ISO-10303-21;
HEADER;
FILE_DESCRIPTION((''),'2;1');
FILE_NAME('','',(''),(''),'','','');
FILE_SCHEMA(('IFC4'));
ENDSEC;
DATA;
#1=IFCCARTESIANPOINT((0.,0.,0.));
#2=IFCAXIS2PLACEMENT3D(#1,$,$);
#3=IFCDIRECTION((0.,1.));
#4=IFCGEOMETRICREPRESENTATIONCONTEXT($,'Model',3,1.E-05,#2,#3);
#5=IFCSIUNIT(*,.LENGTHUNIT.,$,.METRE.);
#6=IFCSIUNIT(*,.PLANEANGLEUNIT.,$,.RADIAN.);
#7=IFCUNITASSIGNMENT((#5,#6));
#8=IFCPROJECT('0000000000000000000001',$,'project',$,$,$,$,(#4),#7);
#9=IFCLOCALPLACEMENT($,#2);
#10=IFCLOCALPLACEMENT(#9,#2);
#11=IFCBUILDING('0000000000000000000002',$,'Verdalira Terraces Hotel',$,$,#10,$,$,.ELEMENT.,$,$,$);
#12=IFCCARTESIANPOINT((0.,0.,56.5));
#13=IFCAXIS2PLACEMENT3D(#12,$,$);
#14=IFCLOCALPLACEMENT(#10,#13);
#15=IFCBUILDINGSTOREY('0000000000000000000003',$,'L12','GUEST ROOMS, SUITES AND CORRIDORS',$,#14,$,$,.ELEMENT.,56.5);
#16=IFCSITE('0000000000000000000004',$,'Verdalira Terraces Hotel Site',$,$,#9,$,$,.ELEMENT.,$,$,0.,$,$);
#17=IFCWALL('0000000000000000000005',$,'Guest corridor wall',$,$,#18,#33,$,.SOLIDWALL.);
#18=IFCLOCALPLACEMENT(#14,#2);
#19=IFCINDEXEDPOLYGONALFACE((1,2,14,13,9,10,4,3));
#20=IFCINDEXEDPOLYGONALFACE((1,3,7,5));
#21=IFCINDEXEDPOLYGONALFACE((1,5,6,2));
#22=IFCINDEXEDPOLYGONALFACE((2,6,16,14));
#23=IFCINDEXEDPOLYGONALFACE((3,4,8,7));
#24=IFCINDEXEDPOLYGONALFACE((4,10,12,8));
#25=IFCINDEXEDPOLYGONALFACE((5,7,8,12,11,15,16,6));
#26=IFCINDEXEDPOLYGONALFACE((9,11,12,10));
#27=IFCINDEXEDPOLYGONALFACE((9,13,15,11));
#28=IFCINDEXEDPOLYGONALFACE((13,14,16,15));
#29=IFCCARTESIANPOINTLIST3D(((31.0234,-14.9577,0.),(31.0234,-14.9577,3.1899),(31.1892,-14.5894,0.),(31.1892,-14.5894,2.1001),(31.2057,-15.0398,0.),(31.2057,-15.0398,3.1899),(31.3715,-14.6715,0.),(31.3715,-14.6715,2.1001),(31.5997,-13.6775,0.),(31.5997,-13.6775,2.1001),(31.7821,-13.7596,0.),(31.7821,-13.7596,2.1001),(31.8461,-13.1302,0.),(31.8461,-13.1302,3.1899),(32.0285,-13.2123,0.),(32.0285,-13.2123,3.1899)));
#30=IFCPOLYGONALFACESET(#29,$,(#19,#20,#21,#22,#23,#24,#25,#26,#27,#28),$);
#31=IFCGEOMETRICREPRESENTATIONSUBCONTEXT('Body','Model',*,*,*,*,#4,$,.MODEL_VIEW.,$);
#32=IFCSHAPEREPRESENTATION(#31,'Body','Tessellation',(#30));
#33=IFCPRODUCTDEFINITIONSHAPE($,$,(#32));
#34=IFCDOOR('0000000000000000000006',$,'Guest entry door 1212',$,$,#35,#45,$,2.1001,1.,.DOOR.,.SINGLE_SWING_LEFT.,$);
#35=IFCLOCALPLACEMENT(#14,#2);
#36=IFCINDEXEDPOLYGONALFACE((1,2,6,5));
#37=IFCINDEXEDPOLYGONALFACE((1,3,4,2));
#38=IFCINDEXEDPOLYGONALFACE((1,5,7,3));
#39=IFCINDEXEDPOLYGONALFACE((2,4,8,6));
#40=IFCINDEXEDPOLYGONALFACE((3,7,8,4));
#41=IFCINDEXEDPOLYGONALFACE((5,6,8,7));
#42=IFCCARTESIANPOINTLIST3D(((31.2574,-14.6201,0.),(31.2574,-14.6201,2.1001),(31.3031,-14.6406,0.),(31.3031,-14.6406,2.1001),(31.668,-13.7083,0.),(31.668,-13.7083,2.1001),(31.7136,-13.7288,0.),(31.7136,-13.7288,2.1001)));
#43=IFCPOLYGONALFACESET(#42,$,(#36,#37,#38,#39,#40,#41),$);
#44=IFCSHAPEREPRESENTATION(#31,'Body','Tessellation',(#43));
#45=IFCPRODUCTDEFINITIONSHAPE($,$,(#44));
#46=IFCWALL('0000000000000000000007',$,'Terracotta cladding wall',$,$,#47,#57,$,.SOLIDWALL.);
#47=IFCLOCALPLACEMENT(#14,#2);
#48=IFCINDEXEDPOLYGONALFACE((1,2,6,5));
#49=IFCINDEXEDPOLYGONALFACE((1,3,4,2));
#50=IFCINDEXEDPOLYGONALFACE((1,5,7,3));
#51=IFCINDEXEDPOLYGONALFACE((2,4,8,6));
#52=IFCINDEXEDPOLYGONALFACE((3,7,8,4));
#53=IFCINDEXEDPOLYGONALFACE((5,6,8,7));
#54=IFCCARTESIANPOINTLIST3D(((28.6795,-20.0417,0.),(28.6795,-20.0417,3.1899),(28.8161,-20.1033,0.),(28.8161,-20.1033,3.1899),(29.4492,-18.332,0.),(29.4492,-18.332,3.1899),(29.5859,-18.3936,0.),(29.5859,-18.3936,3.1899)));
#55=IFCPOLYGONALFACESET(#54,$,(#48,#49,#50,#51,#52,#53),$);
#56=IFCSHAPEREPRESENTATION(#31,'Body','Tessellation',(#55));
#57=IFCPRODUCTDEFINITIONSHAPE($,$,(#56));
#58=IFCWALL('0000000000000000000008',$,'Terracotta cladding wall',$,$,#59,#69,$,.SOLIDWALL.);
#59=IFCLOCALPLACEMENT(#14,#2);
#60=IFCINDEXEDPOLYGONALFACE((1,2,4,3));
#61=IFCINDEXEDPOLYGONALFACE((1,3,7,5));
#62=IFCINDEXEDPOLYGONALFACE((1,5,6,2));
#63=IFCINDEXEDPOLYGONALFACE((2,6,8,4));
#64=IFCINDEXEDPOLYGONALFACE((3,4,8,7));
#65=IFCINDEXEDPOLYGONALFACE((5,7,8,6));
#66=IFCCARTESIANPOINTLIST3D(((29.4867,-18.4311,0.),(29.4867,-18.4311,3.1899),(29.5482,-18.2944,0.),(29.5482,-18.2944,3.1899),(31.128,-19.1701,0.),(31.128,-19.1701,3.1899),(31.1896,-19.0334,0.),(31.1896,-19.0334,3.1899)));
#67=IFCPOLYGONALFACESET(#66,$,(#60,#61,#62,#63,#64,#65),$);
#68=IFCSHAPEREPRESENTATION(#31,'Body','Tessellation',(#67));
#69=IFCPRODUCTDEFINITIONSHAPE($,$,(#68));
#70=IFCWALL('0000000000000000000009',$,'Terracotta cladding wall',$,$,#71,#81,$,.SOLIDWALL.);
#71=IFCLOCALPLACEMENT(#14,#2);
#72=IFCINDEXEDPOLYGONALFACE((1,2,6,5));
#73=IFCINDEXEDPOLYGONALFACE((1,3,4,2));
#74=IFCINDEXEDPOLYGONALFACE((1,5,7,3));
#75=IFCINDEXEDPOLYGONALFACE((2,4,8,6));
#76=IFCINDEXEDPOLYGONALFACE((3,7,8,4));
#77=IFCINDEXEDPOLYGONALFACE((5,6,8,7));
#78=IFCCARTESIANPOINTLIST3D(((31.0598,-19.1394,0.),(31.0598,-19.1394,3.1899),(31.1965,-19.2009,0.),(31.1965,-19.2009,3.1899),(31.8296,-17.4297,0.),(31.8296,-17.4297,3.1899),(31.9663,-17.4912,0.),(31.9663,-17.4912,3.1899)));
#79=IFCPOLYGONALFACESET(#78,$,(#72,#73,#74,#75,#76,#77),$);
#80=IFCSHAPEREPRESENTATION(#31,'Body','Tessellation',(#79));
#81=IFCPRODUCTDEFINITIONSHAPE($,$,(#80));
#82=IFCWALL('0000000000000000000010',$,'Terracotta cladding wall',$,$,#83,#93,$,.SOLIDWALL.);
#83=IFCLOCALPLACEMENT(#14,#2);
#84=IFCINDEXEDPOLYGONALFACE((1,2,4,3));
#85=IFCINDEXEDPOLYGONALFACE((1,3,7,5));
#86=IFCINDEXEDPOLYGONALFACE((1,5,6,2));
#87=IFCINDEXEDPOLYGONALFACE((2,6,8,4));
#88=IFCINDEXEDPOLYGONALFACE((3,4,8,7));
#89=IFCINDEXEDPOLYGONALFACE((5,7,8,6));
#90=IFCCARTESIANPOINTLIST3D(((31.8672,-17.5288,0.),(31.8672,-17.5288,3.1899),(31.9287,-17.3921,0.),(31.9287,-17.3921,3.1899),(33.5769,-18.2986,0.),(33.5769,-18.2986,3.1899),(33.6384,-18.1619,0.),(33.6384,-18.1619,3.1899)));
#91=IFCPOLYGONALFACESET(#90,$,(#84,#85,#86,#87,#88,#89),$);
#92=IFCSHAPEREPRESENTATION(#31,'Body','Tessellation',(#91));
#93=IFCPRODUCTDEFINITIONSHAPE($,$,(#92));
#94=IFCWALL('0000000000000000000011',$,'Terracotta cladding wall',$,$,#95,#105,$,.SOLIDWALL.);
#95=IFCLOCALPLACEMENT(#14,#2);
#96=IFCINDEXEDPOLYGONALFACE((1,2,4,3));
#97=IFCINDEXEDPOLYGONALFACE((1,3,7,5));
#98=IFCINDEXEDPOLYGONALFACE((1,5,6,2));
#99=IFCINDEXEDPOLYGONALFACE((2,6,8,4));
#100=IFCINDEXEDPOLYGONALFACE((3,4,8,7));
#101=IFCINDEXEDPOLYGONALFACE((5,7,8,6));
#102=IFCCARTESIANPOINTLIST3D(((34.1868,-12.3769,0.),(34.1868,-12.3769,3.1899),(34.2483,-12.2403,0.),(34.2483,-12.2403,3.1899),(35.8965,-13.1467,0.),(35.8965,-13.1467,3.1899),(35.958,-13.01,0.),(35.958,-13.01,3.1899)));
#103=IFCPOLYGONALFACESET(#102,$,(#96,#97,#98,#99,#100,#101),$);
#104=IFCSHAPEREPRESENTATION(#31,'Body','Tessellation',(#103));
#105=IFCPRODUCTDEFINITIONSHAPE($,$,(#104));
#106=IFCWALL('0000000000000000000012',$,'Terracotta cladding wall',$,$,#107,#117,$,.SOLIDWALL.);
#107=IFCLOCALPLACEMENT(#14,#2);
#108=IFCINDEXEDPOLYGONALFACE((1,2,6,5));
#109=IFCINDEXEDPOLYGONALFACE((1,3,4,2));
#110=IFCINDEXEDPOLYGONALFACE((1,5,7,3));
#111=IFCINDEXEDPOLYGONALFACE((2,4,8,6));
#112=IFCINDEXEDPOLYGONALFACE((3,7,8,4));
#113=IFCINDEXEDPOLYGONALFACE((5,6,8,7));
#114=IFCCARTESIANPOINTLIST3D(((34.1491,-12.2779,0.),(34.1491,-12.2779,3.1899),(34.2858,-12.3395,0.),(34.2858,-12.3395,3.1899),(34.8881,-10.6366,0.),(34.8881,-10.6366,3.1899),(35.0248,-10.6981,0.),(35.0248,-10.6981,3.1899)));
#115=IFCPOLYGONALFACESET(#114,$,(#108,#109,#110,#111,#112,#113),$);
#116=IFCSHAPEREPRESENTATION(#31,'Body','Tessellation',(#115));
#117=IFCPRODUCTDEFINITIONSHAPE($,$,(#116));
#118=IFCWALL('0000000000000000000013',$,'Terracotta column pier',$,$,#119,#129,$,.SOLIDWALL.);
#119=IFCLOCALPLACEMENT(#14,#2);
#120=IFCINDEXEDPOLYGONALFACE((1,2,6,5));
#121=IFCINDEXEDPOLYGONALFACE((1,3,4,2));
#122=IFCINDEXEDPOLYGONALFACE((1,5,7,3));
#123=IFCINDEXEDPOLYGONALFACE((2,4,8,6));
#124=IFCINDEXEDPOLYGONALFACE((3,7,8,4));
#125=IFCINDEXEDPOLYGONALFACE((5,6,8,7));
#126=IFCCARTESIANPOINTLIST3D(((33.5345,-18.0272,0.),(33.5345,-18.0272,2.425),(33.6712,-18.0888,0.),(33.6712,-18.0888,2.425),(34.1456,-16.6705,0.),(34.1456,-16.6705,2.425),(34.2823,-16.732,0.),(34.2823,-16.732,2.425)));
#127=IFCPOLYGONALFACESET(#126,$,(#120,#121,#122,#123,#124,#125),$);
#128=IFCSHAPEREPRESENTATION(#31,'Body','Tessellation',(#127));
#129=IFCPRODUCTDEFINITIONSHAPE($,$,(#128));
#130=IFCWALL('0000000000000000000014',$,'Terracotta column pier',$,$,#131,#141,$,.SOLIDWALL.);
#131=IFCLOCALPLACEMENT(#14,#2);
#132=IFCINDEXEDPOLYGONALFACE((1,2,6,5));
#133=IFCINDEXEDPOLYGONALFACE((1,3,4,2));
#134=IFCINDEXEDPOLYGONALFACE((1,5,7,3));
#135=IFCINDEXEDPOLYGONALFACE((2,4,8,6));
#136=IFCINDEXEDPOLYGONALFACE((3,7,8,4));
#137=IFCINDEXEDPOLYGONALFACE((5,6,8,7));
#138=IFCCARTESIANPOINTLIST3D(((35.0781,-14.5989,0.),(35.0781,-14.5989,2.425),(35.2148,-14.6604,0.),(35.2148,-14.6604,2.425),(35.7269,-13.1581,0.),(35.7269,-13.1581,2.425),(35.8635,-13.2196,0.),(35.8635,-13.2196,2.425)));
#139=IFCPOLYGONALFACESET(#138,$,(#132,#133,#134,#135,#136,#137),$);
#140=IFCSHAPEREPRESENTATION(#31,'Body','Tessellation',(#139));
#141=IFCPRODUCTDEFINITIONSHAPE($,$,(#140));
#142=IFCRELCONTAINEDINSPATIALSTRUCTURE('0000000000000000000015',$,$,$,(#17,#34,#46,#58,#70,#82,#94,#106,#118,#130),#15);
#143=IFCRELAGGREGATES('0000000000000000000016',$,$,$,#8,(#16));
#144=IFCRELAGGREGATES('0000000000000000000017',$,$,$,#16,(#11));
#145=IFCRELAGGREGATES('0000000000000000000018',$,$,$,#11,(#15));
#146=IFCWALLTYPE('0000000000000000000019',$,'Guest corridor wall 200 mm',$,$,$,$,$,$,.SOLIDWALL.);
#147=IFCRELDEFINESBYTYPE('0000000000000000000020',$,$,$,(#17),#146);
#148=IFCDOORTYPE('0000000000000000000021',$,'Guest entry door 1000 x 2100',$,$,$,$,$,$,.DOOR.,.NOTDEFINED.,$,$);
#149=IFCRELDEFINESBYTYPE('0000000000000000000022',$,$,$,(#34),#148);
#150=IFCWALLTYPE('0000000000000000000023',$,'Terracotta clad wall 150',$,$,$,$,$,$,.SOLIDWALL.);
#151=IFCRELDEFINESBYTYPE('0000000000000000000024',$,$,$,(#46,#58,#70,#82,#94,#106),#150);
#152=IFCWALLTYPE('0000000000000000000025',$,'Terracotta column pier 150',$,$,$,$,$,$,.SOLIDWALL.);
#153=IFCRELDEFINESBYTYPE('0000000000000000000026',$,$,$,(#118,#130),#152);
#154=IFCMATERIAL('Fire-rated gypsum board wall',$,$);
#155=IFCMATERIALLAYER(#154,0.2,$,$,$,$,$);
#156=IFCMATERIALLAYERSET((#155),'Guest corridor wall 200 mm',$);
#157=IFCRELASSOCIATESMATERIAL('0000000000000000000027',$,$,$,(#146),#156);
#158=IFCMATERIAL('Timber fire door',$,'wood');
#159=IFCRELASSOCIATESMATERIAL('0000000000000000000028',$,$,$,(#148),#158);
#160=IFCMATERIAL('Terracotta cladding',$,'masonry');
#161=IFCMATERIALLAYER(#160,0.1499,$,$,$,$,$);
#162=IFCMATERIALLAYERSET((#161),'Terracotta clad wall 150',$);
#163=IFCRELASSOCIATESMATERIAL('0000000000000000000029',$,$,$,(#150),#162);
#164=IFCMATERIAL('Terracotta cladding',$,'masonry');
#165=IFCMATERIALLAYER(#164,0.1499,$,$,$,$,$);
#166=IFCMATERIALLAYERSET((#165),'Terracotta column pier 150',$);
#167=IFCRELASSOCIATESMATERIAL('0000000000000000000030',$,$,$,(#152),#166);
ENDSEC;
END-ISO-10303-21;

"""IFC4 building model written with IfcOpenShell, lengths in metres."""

from ifc_helpers import new_model, si_unit, direction, frame, frame_2d, origin, place, context, subcontext, project, spatial, rectangle, extrude, material, layer, layer_set, type_object, element, fill, save


model = new_model("IFC4")

# Units and contexts
model_context = context("Model", 3, precision=1e-05, world=origin(), true_north=direction((0.0, 1.0)))
body_context = subcontext(model_context, "Body", "Model", "MODEL_VIEW")
ifc_project = project(units=[si_unit("LENGTHUNIT", "METRE"), si_unit("PLANEANGLEUNIT", "RADIAN")], contexts=[model_context])

# Site, building, storey
site_placement = place(None, origin())
site = spatial("IfcSite", under=ifc_project, at=site_placement, Name="Verdalira Terraces Hotel Site", CompositionType="ELEMENT", RefElevation=0.0)
building_placement = place(site_placement, origin())
building = spatial("IfcBuilding", under=site, at=building_placement, Name="Verdalira Terraces Hotel", CompositionType="ELEMENT")
storey_placement = place(building_placement, frame((0.0, 0.0, 56.5)))
storey = spatial("IfcBuildingStorey", under=building, at=storey_placement, Name="L12", Description="GUEST ROOMS, SUITES AND CORRIDORS", CompositionType="ELEMENT", Elevation=56.5)

# Wall, opening, door
ifc_material_1 = material(Name="Fire-rated gypsum board wall")
ifc_layer_1 = layer(ifc_material_1, 0.2)
ifc_layer_set_1 = layer_set([ifc_layer_1], Name="Guest corridor wall 200 mm")
wall_type_1 = type_object("IfcWallType", Name="Guest corridor wall 200 mm", PredefinedType="SOLIDWALL", material=ifc_layer_set_1)
ifc_material_2 = material(Name="Timber fire door", Category="wood")
door_type_1 = type_object("IfcDoorType", Name="Guest entry door 1000 x 2100", OperationType="NOTDEFINED", PredefinedType="DOOR", material=ifc_material_2)
wall_1_placement = place(storey_placement, frame((31.9373, -13.1714, 0.0), z_axis=(0.0, 0.0, 1.0), x_axis=(-0.410542, -0.911842, 0.0)))
wall_1 = element("IfcWall", 1, at=wall_1_placement, inside=storey, type_object=wall_type_1, Name="Guest corridor wall", PredefinedType="SOLIDWALL", context=body_context, shape_type="SweptSolid", body=[
    extrude(rectangle(XDim=2.0042, YDim=0.2, at=frame_2d((1.002, 0.0))), origin(), (0.0, 0.0, 1.0), 3.1899),
])
opening_1_placement = place(wall_1_placement, frame((0.6001, 0.0, 0.0)))
opening_1 = element("IfcOpeningElement", 2, at=opening_1_placement, cuts=wall_1, PredefinedType="OPENING", context=body_context, shape_type="SweptSolid", body=[
    extrude(rectangle(XDim=1.0, YDim=2.1001, at=frame_2d((0.5, 1.05))), frame((0.0, 0.1099, 0.0), z_axis=(0.0, -1.0, 0.0), x_axis=(1.0, 0.0, 0.0)), (0.0, 0.0, 1.0), 0.22),
])
door_1_placement = place(opening_1_placement, origin())
door_1 = element("IfcDoor", 3, at=door_1_placement, inside=storey, type_object=door_type_1, Name="Guest entry door 1212", OperationType="SINGLE_SWING_LEFT", OverallHeight=2.1001, OverallWidth=1.0, PredefinedType="DOOR", context=body_context, shape_type="SweptSolid", body=[
    extrude(rectangle(XDim=1.0, YDim=2.1001, at=frame_2d((0.5, 1.05))), frame((0.0, 0.0249, 0.0), z_axis=(0.0, -1.0, 0.0), x_axis=(1.0, 0.0, 0.0)), (0.0, 0.0, 1.0), 0.05),
])
fill(opening_1, door_1)

# Walls
ifc_material_3 = material(Name="Terracotta cladding", Category="masonry")
ifc_layer_2 = layer(ifc_material_3, 0.1499)
ifc_layer_set_2 = layer_set([ifc_layer_2], Name="Terracotta clad wall 150")
wall_type_2 = type_object("IfcWallType", Name="Terracotta clad wall 150", PredefinedType="SOLIDWALL", material=ifc_layer_set_2)
wall_2_placement = place(storey_placement, frame((28.7478, -20.0725, 0.0), z_axis=(0.0, 0.0, 1.0), x_axis=(0.410543, 0.911841, 0.0)))
element("IfcWall", 4, at=wall_2_placement, inside=storey, type_object=wall_type_2, Name="Terracotta cladding wall", PredefinedType="SOLIDWALL", context=body_context, shape_type="SweptSolid", body=[
    extrude(rectangle(XDim=1.875, YDim=0.1499, at=frame_2d((0.9375, 0.0))), origin(), (0.0, 0.0, 1.0), 3.1899),
])
wall_3_placement = place(storey_placement, frame((29.5176, -18.3628, 0.0), z_axis=(0.0, 0.0, 1.0), x_axis=(0.911838, -0.410551, 0.0)))
element("IfcWall", 5, at=wall_3_placement, inside=storey, type_object=wall_type_2, Name="Terracotta cladding wall", PredefinedType="SOLIDWALL", context=body_context, shape_type="SweptSolid", body=[
    extrude(rectangle(XDim=1.8, YDim=0.1499, at=frame_2d((0.8999, 0.0))), origin(), (0.0, 0.0, 1.0), 3.1899),
])
for number, where, z_axis, x_axis, name in (
    (6, (31.1282, -19.1702, 0.0), (0.0, 0.0, 1.0), (0.410543, 0.911841, 0.0), "Terracotta cladding wall"),
    (7, (31.8979, -17.4604, 0.0), (0.0, 0.0, 1.0), (0.911841, -0.410543, 0.0), "Terracotta cladding wall"),
    (8, (35.9272, -13.0784, 0.0), (0.0, 0.0, 1.0), (-0.911841, 0.410543, 0.0), "Terracotta cladding wall"),
):
    element("IfcWall", number, at=place(storey_placement, frame(where, z_axis=z_axis, x_axis=x_axis)), inside=storey, type_object=wall_type_2, Name=name, PredefinedType="SOLIDWALL", context=body_context, shape_type="SweptSolid", body=[
        extrude(rectangle(XDim=1.875, YDim=0.1499, at=frame_2d((0.9375, 0.0))), origin(), (0.0, 0.0, 1.0), 3.1899),
    ])
wall_4_placement = place(storey_placement, frame((34.2175, -12.3086, 0.0), z_axis=(0.0, 0.0, 1.0), x_axis=(0.410551, 0.911838, 0.0)))
element("IfcWall", 9, at=wall_4_placement, inside=storey, type_object=wall_type_2, Name="Terracotta cladding wall", PredefinedType="SOLIDWALL", context=body_context, shape_type="SweptSolid", body=[
    extrude(rectangle(XDim=1.8, YDim=0.1499, at=frame_2d((0.8999, 0.0))), origin(), (0.0, 0.0, 1.0), 3.1899),
])
ifc_material_4 = material(Name="Terracotta cladding", Category="masonry")
ifc_layer_3 = layer(ifc_material_4, 0.1499)
ifc_layer_set_3 = layer_set([ifc_layer_3], Name="Terracotta column pier 150")
wall_type_3 = type_object("IfcWallType", Name="Terracotta column pier 150", PredefinedType="SOLIDWALL", material=ifc_layer_set_3)
wall_5_placement = place(storey_placement, frame((33.6028, -18.0581, 0.0), z_axis=(0.0, 0.0, 1.0), x_axis=(0.410685, 0.911777, 0.0)))
element("IfcWall", 10, at=wall_5_placement, inside=storey, type_object=wall_type_3, Name="Terracotta column pier", PredefinedType="SOLIDWALL", context=body_context, shape_type="SweptSolid", body=[
    extrude(rectangle(XDim=1.488, YDim=0.1499, at=frame_2d((0.7441, 0.0))), origin(), (0.0, 0.0, 1.0), 2.425),
])
wall_6_placement = place(storey_placement, frame((35.1465, -14.6296, 0.0), z_axis=(0.0, 0.0, 1.0), x_axis=(0.410564, 0.911832, 0.0)))
element("IfcWall", 11, at=wall_6_placement, inside=storey, type_object=wall_type_3, Name="Terracotta column pier", PredefinedType="SOLIDWALL", context=body_context, shape_type="SweptSolid", body=[
    extrude(rectangle(XDim=1.5801, YDim=0.1499, at=frame_2d((0.79, 0.0))), origin(), (0.0, 0.0, 1.0), 2.425),
])

save(model, "model.ifc")
